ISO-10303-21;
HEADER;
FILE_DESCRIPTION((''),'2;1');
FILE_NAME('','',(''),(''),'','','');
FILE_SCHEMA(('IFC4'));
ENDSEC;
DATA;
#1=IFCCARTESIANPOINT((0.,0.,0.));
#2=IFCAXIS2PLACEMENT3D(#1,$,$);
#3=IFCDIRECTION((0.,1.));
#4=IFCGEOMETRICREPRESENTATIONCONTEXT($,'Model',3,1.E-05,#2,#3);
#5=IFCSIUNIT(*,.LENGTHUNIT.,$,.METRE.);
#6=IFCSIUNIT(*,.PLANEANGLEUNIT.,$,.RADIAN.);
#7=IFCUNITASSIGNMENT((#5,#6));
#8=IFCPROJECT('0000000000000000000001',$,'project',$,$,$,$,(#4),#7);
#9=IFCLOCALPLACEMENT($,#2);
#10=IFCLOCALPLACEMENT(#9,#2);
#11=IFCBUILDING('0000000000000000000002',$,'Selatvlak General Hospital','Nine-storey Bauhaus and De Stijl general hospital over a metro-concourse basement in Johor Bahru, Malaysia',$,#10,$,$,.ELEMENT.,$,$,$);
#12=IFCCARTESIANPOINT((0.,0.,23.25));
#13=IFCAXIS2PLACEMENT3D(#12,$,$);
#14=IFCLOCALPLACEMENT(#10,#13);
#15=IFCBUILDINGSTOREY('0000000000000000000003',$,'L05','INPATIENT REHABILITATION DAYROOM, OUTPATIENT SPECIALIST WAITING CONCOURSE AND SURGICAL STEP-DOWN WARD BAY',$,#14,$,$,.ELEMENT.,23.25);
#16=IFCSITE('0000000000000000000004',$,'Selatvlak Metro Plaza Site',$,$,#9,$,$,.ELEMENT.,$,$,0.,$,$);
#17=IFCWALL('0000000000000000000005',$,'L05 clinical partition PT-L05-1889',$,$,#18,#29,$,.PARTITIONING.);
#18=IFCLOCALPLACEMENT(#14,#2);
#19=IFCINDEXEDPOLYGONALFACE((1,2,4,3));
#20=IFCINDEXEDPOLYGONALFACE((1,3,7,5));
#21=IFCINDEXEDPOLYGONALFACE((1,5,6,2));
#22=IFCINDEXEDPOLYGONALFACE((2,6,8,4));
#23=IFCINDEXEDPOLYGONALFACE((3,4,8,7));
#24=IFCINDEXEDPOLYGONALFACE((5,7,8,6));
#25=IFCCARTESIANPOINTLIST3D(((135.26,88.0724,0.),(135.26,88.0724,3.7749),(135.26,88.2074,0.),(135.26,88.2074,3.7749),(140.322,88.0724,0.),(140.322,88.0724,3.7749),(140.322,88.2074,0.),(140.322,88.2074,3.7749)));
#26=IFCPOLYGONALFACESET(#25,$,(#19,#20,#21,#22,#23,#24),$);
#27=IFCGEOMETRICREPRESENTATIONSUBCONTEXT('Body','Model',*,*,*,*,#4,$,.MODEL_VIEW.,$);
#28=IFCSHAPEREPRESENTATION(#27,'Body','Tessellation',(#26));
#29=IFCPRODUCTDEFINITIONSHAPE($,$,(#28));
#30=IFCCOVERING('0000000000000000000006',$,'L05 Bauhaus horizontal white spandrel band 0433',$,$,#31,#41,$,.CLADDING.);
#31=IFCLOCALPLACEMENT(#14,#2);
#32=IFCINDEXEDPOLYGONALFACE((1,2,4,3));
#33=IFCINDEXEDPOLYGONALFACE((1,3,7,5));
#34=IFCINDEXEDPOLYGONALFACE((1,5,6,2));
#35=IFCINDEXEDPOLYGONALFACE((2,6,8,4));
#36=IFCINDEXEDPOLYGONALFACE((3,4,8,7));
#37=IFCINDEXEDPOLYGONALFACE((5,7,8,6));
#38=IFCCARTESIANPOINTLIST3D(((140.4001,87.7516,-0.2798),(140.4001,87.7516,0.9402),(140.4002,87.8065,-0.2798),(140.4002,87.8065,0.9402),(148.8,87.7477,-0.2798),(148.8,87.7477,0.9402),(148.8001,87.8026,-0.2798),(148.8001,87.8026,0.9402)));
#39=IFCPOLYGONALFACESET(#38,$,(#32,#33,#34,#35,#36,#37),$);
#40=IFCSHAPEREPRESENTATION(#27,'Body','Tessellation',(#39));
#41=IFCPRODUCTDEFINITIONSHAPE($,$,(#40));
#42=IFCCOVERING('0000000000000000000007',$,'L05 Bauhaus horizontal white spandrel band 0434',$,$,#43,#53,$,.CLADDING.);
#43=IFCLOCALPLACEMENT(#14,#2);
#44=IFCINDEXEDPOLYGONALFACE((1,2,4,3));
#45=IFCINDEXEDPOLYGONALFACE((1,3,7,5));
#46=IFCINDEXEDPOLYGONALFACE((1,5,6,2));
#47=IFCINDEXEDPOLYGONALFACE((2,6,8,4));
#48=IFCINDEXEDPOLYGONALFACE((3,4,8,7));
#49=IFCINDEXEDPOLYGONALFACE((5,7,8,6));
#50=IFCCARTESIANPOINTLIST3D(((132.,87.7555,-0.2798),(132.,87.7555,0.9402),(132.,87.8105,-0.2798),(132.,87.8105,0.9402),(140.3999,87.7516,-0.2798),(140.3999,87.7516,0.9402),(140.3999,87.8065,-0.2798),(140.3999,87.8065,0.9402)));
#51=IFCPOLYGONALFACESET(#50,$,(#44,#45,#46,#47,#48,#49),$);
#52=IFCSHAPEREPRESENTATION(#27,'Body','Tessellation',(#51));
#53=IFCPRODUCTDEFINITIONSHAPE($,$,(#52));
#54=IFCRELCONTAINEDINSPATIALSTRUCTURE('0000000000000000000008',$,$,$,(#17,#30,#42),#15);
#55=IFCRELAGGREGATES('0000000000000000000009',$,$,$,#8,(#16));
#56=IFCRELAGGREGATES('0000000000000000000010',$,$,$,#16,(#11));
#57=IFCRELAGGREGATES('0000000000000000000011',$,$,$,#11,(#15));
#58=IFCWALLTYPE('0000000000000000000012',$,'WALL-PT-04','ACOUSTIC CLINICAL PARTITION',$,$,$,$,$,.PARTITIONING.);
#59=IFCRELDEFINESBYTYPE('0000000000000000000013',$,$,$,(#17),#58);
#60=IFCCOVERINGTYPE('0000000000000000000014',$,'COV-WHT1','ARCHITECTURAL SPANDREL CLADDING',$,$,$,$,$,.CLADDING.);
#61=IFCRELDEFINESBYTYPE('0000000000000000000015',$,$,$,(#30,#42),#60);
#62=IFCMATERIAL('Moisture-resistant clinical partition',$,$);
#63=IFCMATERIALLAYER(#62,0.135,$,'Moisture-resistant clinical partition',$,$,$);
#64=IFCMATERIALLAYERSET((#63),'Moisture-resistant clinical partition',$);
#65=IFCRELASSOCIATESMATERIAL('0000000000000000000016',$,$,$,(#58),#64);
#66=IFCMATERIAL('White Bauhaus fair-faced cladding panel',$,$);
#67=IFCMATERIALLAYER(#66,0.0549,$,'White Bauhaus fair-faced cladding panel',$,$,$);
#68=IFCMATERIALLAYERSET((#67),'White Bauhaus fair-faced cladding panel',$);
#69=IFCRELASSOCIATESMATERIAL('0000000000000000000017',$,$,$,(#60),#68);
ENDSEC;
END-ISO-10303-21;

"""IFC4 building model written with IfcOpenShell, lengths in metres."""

from ifc_helpers import new_model, si_unit, direction, frame, frame_2d, origin, origin_2d, place, context, subcontext, project, spatial, rectangle, extrude, material, layer, layer_set, type_object, element, save


model = new_model("IFC4")

# Units and contexts
model_context = context("Model", 3, precision=1e-05, world=origin(), true_north=direction((0.0, 1.0)))
body_context = subcontext(model_context, "Body", "Model", "MODEL_VIEW")
ifc_project = project(units=[si_unit("LENGTHUNIT", "METRE"), si_unit("PLANEANGLEUNIT", "RADIAN")], contexts=[model_context])

# Site, building, storey
site_placement = place(None, origin())
site = spatial("IfcSite", under=ifc_project, at=site_placement, Name="Selatvlak Metro Plaza Site", CompositionType="ELEMENT", RefElevation=0.0)
building_placement = place(site_placement, origin())
building = spatial("IfcBuilding", under=site, at=building_placement, Name="Selatvlak General Hospital", Description="Nine-storey Bauhaus and De Stijl general hospital over a metro-concourse basement in Johor Bahru, Malaysia", CompositionType="ELEMENT")
storey_placement = place(building_placement, frame((0.0, 0.0, 23.25)))
storey = spatial("IfcBuildingStorey", under=building, at=storey_placement, Name="L05", Description="INPATIENT REHABILITATION DAYROOM, OUTPATIENT SPECIALIST WAITING CONCOURSE AND SURGICAL STEP-DOWN WARD BAY", CompositionType="ELEMENT", Elevation=23.25)

# Wall
ifc_material_1 = material(Name="Moisture-resistant clinical partition")
ifc_layer_1 = layer(ifc_material_1, 0.135, Name="Moisture-resistant clinical partition")
ifc_layer_set_1 = layer_set([ifc_layer_1], Name="Moisture-resistant clinical partition")
wall_type_1 = type_object("IfcWallType", Name="WALL-PT-04", Description="ACOUSTIC CLINICAL PARTITION", PredefinedType="PARTITIONING", material=ifc_layer_set_1)
wall_1_placement = place(storey_placement, frame((140.322, 88.1399, 0.0), z_axis=(0.0, 0.0, 1.0), x_axis=(-1.0, 0.0, 0.0)))
element("IfcWall", 1, at=wall_1_placement, inside=storey, type_object=wall_type_1, Name="L05 clinical partition PT-L05-1889", PredefinedType="PARTITIONING", context=body_context, shape_type="SweptSolid", body=[
    extrude(rectangle(XDim=5.062, YDim=0.135, at=frame_2d((2.531, 0.0))), origin(), (0.0, 0.0, 1.0), 3.7749),
])

# Coverings
ifc_material_2 = material(Name="White Bauhaus fair-faced cladding panel")
ifc_layer_2 = layer(ifc_material_2, 0.0549, Name="White Bauhaus fair-faced cladding panel")
ifc_layer_set_2 = layer_set([ifc_layer_2], Name="White Bauhaus fair-faced cladding panel")
covering_type = type_object("IfcCoveringType", Name="COV-WHT1", Description="ARCHITECTURAL SPANDREL CLADDING", PredefinedType="CLADDING", material=ifc_layer_set_2)
for number, where, z_axis, x_axis, name in (
    (2, (144.6001, 87.7771, -0.2798), (0.0, 0.0, 1.0), (-1.0, 0.000471, 0.0), "L05 Bauhaus horizontal white spandrel band 0433"),
    (3, (136.2, 87.781, -0.2798), (0.0, 0.0, 1.0), (-1.0, 0.000471, 0.0), "L05 Bauhaus horizontal white spandrel band 0434"),
):
    element("IfcCovering", number, at=place(storey_placement, frame(where, z_axis=z_axis, x_axis=x_axis)), inside=storey, type_object=covering_type, Name=name, PredefinedType="CLADDING", context=body_context, shape_type="SweptSolid", body=[
        extrude(rectangle(XDim=8.3999, YDim=0.0549, at=origin_2d()), origin(), (0.0, 0.0, 1.0), 1.22),
    ])

save(model, "model.ifc")
